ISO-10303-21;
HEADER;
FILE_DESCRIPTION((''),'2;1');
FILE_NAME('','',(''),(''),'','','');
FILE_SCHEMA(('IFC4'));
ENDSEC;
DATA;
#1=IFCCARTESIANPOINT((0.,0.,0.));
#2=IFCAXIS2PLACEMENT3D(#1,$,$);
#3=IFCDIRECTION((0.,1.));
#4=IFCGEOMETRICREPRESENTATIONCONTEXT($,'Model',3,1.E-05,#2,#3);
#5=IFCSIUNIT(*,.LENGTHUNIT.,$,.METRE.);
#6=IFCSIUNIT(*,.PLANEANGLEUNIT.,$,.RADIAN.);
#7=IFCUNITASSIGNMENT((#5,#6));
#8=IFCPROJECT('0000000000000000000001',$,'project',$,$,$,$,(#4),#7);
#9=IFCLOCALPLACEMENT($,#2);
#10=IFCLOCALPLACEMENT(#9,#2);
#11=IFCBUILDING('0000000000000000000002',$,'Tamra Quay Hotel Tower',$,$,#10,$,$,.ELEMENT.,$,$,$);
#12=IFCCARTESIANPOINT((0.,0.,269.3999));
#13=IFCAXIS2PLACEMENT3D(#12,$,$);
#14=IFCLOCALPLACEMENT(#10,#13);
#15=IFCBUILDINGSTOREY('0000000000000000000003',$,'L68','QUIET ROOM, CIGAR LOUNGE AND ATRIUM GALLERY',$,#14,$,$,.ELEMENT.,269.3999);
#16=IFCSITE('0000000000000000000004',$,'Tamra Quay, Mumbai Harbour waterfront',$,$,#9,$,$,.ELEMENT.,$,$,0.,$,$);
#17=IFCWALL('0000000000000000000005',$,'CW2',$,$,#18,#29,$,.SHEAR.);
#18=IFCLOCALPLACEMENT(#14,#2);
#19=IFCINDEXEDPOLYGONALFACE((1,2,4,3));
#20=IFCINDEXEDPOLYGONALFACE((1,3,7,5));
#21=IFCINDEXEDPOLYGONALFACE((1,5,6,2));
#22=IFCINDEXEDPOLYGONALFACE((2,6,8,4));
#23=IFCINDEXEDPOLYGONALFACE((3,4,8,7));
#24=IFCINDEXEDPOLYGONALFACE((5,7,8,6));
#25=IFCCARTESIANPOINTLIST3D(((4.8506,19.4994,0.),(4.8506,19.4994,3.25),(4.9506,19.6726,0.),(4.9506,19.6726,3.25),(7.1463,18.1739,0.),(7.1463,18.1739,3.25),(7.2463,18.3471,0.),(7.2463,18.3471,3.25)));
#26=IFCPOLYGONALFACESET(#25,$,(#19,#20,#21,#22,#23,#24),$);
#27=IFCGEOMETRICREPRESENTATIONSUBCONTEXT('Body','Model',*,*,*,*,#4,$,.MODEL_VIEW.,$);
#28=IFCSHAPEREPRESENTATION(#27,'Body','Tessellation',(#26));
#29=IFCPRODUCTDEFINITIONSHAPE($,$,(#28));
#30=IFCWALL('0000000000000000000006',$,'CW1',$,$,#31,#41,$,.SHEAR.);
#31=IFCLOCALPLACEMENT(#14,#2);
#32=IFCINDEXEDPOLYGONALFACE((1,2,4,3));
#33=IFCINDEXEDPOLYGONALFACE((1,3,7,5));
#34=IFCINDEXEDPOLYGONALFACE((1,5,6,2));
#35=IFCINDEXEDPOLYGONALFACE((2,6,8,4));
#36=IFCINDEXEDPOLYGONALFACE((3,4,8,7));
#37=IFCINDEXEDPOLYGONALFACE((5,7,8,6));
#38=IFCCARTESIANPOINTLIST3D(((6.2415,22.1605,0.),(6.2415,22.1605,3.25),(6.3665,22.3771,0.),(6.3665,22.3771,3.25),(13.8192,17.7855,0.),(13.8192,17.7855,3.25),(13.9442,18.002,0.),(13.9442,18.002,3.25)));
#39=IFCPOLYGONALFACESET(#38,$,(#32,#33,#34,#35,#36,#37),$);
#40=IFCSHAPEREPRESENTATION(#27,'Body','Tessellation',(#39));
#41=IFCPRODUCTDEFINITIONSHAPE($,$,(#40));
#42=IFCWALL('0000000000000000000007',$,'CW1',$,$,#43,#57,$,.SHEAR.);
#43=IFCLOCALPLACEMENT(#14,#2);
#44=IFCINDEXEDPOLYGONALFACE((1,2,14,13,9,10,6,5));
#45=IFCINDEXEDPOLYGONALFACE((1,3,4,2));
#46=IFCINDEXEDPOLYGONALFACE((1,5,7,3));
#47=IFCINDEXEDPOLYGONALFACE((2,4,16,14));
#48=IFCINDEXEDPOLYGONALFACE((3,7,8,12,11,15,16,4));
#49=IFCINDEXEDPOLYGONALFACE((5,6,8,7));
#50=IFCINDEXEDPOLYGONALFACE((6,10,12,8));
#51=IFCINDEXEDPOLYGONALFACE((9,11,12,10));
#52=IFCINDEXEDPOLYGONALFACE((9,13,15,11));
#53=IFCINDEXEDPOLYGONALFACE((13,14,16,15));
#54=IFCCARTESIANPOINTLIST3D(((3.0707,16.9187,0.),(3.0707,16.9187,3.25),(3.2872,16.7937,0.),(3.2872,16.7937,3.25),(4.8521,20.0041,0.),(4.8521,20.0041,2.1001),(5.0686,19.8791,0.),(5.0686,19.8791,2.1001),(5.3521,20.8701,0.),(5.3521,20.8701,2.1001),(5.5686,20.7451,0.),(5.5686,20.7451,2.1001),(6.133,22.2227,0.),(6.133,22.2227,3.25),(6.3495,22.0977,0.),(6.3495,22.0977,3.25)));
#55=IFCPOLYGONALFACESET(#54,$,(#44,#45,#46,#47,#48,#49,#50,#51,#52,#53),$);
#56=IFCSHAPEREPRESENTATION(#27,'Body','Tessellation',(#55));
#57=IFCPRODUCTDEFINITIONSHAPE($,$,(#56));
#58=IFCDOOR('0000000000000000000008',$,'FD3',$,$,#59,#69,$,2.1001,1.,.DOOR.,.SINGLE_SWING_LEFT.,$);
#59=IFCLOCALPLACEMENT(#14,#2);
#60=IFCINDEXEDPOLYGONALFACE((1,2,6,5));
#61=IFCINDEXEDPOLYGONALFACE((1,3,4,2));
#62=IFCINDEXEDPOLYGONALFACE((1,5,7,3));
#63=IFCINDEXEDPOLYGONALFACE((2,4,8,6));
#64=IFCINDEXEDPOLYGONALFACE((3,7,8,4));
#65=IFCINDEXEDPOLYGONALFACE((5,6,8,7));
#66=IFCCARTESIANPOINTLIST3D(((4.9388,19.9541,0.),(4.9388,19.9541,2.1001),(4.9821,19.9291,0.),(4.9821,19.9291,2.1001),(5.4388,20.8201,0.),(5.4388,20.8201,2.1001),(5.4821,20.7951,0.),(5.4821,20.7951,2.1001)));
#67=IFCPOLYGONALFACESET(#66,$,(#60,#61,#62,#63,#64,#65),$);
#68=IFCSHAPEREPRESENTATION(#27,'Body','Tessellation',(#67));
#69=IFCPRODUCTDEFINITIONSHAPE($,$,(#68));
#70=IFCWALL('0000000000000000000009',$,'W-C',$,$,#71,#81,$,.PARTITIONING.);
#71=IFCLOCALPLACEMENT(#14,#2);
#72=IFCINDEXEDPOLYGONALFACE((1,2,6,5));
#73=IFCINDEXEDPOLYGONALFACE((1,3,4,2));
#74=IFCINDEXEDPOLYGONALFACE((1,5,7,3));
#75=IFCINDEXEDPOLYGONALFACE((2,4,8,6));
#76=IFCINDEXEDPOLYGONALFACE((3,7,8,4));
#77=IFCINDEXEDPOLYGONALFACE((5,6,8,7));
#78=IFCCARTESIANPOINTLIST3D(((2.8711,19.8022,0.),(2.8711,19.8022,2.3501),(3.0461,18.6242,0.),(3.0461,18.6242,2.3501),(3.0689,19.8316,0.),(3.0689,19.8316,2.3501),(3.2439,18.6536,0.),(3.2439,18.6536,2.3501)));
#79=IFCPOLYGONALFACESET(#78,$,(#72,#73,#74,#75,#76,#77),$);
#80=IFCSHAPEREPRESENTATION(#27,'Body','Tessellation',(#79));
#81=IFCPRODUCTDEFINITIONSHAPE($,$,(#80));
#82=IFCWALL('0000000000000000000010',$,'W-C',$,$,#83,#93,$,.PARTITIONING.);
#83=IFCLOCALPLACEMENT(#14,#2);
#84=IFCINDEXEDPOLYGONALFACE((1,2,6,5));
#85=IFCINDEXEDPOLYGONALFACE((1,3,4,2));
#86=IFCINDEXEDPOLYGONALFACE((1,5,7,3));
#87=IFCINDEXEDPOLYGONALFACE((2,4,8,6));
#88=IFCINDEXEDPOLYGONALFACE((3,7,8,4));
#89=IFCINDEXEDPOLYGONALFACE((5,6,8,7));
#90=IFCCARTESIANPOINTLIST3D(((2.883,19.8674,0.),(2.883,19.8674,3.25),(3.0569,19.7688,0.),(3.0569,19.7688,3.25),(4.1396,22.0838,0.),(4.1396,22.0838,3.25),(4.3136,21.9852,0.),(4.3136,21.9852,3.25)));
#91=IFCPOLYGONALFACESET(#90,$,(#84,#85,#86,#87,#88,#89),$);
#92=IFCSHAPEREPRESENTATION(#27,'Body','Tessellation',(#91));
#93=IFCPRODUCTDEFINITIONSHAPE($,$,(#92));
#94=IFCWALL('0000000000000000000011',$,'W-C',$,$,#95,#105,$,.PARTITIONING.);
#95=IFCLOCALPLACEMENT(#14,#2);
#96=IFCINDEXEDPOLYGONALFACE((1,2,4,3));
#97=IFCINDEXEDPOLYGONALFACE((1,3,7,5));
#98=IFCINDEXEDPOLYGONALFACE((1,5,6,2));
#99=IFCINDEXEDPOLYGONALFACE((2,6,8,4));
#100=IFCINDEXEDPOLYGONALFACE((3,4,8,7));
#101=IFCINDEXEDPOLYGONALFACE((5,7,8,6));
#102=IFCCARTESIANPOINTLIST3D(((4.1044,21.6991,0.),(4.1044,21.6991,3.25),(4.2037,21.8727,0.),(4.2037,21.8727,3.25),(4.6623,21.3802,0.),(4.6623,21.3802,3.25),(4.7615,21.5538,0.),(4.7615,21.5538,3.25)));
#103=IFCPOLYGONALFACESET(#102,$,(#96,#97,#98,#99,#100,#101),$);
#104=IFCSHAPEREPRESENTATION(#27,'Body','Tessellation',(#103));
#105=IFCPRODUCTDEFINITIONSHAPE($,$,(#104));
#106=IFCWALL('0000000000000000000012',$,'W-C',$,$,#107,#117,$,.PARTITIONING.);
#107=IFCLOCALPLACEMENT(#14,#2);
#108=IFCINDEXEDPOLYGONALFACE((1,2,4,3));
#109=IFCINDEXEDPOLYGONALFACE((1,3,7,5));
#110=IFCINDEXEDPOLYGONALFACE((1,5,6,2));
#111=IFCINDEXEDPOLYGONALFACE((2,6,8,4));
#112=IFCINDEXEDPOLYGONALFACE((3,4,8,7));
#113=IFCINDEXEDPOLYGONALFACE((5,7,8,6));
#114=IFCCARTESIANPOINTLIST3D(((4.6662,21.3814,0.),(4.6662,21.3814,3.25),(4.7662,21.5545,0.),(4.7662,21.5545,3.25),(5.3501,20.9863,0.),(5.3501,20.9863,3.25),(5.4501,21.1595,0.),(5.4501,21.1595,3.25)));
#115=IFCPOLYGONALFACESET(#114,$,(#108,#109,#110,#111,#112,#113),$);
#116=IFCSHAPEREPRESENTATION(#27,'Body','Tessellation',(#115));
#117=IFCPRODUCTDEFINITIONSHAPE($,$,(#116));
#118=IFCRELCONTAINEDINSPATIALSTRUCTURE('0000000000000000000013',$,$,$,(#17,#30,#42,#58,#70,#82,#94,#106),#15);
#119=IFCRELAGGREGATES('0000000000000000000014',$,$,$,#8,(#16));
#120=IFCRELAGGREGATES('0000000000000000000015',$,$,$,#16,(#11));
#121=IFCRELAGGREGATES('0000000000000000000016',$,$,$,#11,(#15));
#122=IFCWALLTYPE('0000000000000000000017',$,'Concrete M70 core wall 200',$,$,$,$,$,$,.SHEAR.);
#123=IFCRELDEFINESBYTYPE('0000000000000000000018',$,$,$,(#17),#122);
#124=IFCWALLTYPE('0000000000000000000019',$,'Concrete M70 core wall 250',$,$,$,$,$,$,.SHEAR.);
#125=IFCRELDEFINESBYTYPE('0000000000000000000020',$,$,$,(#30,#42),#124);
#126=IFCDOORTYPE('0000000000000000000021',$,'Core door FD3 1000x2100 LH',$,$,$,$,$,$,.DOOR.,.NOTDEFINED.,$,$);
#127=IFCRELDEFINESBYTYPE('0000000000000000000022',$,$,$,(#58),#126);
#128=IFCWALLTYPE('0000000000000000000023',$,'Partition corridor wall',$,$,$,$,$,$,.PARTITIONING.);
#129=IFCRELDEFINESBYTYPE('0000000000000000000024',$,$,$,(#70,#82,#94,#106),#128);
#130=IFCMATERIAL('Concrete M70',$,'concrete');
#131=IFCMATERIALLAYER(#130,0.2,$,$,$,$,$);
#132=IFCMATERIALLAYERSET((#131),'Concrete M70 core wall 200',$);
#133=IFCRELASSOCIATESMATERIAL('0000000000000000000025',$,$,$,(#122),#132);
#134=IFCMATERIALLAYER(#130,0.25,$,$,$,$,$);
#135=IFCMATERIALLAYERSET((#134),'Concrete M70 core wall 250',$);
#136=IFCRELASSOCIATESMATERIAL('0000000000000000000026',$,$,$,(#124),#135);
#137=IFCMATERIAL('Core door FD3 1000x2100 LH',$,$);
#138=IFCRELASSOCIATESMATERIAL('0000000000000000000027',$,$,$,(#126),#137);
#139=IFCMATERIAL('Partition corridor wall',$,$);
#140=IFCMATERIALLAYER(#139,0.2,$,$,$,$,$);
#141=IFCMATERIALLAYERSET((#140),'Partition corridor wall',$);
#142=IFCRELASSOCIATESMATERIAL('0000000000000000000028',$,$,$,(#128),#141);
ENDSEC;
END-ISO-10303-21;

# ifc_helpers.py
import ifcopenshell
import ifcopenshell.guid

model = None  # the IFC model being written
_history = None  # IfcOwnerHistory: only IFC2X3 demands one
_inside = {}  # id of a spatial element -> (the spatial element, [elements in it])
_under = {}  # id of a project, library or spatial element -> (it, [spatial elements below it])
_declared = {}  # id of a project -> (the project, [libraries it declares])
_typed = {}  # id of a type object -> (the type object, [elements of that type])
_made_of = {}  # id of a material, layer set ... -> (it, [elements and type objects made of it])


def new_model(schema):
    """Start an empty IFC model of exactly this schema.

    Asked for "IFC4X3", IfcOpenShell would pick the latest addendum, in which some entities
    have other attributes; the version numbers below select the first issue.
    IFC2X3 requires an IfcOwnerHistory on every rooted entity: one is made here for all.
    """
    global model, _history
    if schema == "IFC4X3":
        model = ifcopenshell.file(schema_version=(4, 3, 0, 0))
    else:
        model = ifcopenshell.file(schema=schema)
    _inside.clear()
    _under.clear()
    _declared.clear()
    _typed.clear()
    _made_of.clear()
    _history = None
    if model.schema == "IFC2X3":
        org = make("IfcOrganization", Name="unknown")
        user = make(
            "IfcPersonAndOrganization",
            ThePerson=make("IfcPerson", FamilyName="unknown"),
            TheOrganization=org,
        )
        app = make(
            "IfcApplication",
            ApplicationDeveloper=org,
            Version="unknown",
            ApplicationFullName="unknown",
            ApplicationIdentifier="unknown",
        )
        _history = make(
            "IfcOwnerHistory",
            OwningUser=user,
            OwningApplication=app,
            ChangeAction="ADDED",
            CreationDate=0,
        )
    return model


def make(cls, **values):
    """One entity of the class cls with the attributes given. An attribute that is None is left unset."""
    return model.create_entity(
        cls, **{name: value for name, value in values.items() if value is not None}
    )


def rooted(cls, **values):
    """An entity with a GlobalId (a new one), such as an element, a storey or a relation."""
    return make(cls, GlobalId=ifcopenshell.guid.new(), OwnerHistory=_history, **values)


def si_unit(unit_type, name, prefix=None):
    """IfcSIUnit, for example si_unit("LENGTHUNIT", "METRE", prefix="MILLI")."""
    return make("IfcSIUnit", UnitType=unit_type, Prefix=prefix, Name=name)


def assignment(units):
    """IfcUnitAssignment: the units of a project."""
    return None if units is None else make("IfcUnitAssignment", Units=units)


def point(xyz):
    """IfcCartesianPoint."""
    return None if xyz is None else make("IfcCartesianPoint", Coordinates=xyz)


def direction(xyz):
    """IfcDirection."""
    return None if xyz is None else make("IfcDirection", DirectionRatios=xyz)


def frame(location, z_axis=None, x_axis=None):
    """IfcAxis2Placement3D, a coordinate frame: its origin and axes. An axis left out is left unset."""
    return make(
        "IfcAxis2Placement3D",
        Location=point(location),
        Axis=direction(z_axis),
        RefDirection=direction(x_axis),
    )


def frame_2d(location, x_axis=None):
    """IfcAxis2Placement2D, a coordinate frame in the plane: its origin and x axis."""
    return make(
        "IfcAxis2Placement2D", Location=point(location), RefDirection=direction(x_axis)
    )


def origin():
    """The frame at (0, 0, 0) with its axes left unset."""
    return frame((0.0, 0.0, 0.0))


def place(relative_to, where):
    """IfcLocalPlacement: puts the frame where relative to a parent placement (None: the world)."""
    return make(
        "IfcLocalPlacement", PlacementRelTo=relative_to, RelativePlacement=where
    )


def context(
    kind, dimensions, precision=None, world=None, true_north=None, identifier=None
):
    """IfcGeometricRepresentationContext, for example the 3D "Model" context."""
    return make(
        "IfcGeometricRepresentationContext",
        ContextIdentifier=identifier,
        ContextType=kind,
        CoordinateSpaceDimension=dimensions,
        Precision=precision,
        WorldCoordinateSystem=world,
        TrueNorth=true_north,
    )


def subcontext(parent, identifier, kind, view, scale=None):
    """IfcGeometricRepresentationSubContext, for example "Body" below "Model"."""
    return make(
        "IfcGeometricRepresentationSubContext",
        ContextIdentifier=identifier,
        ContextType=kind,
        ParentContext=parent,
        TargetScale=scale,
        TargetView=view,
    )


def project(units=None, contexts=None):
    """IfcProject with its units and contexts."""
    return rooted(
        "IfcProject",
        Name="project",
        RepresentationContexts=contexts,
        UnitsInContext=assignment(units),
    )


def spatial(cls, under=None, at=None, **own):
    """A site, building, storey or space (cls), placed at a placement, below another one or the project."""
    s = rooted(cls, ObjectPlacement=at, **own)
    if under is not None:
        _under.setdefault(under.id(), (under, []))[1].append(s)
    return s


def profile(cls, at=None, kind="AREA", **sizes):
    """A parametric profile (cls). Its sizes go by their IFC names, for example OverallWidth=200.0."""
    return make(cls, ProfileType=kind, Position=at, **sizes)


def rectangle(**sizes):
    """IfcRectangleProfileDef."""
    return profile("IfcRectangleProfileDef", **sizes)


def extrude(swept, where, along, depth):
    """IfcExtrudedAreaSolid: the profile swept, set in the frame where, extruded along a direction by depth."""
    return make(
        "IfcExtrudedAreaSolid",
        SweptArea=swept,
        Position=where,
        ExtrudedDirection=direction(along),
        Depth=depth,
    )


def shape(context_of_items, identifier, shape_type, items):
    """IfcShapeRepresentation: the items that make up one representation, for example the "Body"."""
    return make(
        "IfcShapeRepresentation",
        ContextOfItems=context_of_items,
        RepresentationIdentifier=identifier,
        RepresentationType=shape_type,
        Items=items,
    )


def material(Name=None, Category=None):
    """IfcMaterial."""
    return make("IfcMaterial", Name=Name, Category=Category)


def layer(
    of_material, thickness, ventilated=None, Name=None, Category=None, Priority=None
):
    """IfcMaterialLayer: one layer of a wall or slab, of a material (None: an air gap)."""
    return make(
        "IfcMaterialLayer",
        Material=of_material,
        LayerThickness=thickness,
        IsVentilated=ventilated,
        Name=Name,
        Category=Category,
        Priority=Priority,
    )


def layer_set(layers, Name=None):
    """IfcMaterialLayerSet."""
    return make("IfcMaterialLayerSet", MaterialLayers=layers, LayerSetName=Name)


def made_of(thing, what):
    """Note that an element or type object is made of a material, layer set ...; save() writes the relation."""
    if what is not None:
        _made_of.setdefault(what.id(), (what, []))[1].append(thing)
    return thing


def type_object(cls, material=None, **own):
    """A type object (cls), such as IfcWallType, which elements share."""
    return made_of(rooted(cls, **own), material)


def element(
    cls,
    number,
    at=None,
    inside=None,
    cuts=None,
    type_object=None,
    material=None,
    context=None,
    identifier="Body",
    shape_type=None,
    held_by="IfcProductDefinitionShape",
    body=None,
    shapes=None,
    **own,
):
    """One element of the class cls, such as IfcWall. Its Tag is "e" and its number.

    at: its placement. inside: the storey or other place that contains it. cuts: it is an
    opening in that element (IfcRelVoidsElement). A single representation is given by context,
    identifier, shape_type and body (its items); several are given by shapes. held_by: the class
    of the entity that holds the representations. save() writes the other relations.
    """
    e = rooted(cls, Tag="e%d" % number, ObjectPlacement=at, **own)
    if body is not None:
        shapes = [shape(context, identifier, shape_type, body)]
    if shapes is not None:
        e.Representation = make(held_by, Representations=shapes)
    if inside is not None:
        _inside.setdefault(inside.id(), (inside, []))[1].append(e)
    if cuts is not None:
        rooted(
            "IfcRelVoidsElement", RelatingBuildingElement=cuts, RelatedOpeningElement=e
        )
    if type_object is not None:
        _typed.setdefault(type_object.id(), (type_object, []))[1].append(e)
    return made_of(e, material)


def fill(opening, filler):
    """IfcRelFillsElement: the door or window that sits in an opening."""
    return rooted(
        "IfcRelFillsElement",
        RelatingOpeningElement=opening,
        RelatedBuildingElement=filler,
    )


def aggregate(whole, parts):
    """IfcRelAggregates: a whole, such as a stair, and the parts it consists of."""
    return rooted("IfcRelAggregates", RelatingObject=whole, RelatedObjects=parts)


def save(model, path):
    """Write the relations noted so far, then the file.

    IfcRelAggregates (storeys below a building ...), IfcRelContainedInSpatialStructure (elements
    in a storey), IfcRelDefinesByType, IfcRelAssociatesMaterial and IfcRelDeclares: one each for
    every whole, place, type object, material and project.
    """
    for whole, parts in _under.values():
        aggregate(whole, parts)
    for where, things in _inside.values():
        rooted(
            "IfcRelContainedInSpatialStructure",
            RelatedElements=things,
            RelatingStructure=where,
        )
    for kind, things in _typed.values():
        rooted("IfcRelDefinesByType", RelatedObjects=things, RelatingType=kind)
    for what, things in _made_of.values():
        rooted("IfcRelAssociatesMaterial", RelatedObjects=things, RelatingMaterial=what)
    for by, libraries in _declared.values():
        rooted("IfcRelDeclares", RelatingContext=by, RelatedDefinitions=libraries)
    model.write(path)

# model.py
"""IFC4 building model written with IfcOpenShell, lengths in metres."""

from ifc_helpers import new_model, si_unit, direction, frame, frame_2d, origin, place, context, subcontext, project, spatial, rectangle, extrude, material, layer, layer_set, type_object, element, fill, save


model = new_model("IFC4")

# Units and contexts
model_context = context("Model", 3, precision=1e-05, world=origin(), true_north=direction((0.0, 1.0)))
body_context = subcontext(model_context, "Body", "Model", "MODEL_VIEW")
ifc_project = project(units=[si_unit("LENGTHUNIT", "METRE"), si_unit("PLANEANGLEUNIT", "RADIAN")], contexts=[model_context])

# Site, building, storey
site_placement = place(None, origin())
site = spatial("IfcSite", under=ifc_project, at=site_placement, Name="Tamra Quay, Mumbai Harbour waterfront", CompositionType="ELEMENT", RefElevation=0.0)
building_placement = place(site_placement, origin())
building = spatial("IfcBuilding", under=site, at=building_placement, Name="Tamra Quay Hotel Tower", CompositionType="ELEMENT")
storey_placement = place(building_placement, frame((0.0, 0.0, 269.3999)))
storey = spatial("IfcBuildingStorey", under=building, at=storey_placement, Name="L68", Description="QUIET ROOM, CIGAR LOUNGE AND ATRIUM GALLERY", CompositionType="ELEMENT", Elevation=269.3999)

# Shared definitions
ifc_material_1 = material(Name="Concrete M70", Category="concrete")

# Shared definitions
ifc_layer_1 = layer(ifc_material_1, 0.2)
ifc_layer_set_1 = layer_set([ifc_layer_1], Name="Concrete M70 core wall 200")
wall_type_1 = type_object("IfcWallType", Name="Concrete M70 core wall 200", PredefinedType="SHEAR", material=ifc_layer_set_1)

# Walls
wall_1_placement = place(storey_placement, frame((7.1963, 18.2605, 0.0), z_axis=(0.0, 0.0, 1.0), x_axis=(-0.866018, 0.500012, 0.0)))
element("IfcWall", 1, at=wall_1_placement, inside=storey, type_object=wall_type_1, Name="CW2", PredefinedType="SHEAR", context=body_context, shape_type="SweptSolid", body=[
    extrude(rectangle(XDim=2.6509, YDim=0.2, at=frame_2d((1.3254, 0.0))), origin(), (0.0, 0.0, 1.0), 3.25),
])
ifc_layer_2 = layer(ifc_material_1, 0.25)
ifc_layer_set_2 = layer_set([ifc_layer_2], Name="Concrete M70 core wall 250")
wall_type_2 = type_object("IfcWallType", Name="Concrete M70 core wall 250", PredefinedType="SHEAR", material=ifc_layer_set_2)
wall_2_placement = place(storey_placement, frame((6.304, 22.2688, 0.0), z_axis=(0.0, 0.0, 1.0), x_axis=(0.866023, -0.500004, 0.0)))
element("IfcWall", 2, at=wall_2_placement, inside=storey, type_object=wall_type_2, Name="CW1", PredefinedType="SHEAR", context=body_context, shape_type="SweptSolid", body=[
    extrude(rectangle(XDim=8.75, YDim=0.25, at=frame_2d((4.375, 0.0))), origin(), (0.0, 0.0, 1.0), 3.25),
])

# Wall, opening, door
wall_3_placement = place(storey_placement, frame((3.179, 16.8562, 0.0), z_axis=(0.0, 0.0, 1.0), x_axis=(0.500002, 0.866024, 0.0)))
wall_3 = element("IfcWall", 3, at=wall_3_placement, inside=storey, type_object=wall_type_2, Name="CW1", PredefinedType="SHEAR", context=body_context, shape_type="SweptSolid", body=[
    extrude(rectangle(XDim=6.1245, YDim=0.25, at=frame_2d((3.0623, 0.0))), origin(), (0.0, 0.0, 1.0), 3.25),
])
opening_1_placement = place(wall_3_placement, frame((3.5627, 0.0, 0.0)))
opening_1 = element("IfcOpeningElement", 4, at=opening_1_placement, cuts=wall_3, PredefinedType="OPENING", context=body_context, shape_type="SweptSolid", body=[
    extrude(rectangle(XDim=1.0, YDim=2.1001, at=frame_2d((0.5, 1.05))), frame((0.0, 0.135, 0.0), z_axis=(0.0, -1.0, 0.0), x_axis=(1.0, 0.0, 0.0)), (0.0, 0.0, 1.0), 0.27),
])
ifc_material_2 = material(Name="Core door FD3 1000x2100 LH")
door_type_1 = type_object("IfcDoorType", Name="Core door FD3 1000x2100 LH", OperationType="NOTDEFINED", PredefinedType="DOOR", material=ifc_material_2)
door_1_placement = place(opening_1_placement, origin())
door_1 = element("IfcDoor", 5, at=door_1_placement, inside=storey, type_object=door_type_1, Name="FD3", OperationType="SINGLE_SWING_LEFT", OverallHeight=2.1001, OverallWidth=1.0, PredefinedType="DOOR", context=body_context, shape_type="SweptSolid", body=[
    extrude(rectangle(XDim=1.0, YDim=2.1001, at=frame_2d((0.5, 1.05))), frame((0.0, 0.0249, 0.0), z_axis=(0.0, -1.0, 0.0), x_axis=(1.0, 0.0, 0.0)), (0.0, 0.0, 1.0), 0.05),
])
fill(opening_1, door_1)

# Walls
ifc_material_3 = material(Name="Partition corridor wall")
ifc_layer_3 = layer(ifc_material_3, 0.2)
ifc_layer_set_3 = layer_set([ifc_layer_3], Name="Partition corridor wall")
wall_type_3 = type_object("IfcWallType", Name="Partition corridor wall", PredefinedType="PARTITIONING", material=ifc_layer_set_3)
wall_4_placement = place(storey_placement, frame((2.97, 19.8169, 0.0), z_axis=(0.0, 0.0, 1.0), x_axis=(0.146987, -0.989138, 0.0)))
element("IfcWall", 6, at=wall_4_placement, inside=storey, type_object=wall_type_3, Name="W-C", PredefinedType="PARTITIONING", context=body_context, shape_type="SweptSolid", body=[
    extrude(rectangle(XDim=1.1909, YDim=0.2, at=frame_2d((0.5955, 0.0))), origin(), (0.0, 0.0, 1.0), 2.3501),
])
wall_5_placement = place(storey_placement, frame((2.97, 19.8181, 0.0), z_axis=(0.0, 0.0, 1.0), x_axis=(0.493216, 0.869907, 0.0)))
element("IfcWall", 7, at=wall_5_placement, inside=storey, type_object=wall_type_3, Name="W-C", PredefinedType="PARTITIONING", context=body_context, shape_type="SweptSolid", body=[
    extrude(rectangle(XDim=2.5479, YDim=0.2, at=frame_2d((1.2739, 0.0))), origin(), (0.0, 0.0, 1.0), 3.25),
])
wall_6_placement = place(storey_placement, frame((4.1541, 21.7859, 0.0), z_axis=(0.0, 0.0, 1.0), x_axis=(0.868196, -0.496221, 0.0)))
element("IfcWall", 8, at=wall_6_placement, inside=storey, type_object=wall_type_3, Name="W-C", PredefinedType="PARTITIONING", context=body_context, shape_type="SweptSolid", body=[
    extrude(rectangle(XDim=0.6426, YDim=0.2, at=frame_2d((0.3213, 0.0))), origin(), (0.0, 0.0, 1.0), 3.25),
])
wall_7_placement = place(storey_placement, frame((4.7161, 21.468, 0.0), z_axis=(0.0, 0.0, 1.0), x_axis=(0.865913, -0.500195, 0.0)))
element("IfcWall", 9, at=wall_7_placement, inside=storey, type_object=wall_type_3, Name="W-C", PredefinedType="PARTITIONING", context=body_context, shape_type="SweptSolid", body=[
    extrude(rectangle(XDim=0.7898, YDim=0.2, at=frame_2d((0.395, 0.0))), origin(), (0.0, 0.0, 1.0), 3.25),
])

save(model, "model.ifc")
